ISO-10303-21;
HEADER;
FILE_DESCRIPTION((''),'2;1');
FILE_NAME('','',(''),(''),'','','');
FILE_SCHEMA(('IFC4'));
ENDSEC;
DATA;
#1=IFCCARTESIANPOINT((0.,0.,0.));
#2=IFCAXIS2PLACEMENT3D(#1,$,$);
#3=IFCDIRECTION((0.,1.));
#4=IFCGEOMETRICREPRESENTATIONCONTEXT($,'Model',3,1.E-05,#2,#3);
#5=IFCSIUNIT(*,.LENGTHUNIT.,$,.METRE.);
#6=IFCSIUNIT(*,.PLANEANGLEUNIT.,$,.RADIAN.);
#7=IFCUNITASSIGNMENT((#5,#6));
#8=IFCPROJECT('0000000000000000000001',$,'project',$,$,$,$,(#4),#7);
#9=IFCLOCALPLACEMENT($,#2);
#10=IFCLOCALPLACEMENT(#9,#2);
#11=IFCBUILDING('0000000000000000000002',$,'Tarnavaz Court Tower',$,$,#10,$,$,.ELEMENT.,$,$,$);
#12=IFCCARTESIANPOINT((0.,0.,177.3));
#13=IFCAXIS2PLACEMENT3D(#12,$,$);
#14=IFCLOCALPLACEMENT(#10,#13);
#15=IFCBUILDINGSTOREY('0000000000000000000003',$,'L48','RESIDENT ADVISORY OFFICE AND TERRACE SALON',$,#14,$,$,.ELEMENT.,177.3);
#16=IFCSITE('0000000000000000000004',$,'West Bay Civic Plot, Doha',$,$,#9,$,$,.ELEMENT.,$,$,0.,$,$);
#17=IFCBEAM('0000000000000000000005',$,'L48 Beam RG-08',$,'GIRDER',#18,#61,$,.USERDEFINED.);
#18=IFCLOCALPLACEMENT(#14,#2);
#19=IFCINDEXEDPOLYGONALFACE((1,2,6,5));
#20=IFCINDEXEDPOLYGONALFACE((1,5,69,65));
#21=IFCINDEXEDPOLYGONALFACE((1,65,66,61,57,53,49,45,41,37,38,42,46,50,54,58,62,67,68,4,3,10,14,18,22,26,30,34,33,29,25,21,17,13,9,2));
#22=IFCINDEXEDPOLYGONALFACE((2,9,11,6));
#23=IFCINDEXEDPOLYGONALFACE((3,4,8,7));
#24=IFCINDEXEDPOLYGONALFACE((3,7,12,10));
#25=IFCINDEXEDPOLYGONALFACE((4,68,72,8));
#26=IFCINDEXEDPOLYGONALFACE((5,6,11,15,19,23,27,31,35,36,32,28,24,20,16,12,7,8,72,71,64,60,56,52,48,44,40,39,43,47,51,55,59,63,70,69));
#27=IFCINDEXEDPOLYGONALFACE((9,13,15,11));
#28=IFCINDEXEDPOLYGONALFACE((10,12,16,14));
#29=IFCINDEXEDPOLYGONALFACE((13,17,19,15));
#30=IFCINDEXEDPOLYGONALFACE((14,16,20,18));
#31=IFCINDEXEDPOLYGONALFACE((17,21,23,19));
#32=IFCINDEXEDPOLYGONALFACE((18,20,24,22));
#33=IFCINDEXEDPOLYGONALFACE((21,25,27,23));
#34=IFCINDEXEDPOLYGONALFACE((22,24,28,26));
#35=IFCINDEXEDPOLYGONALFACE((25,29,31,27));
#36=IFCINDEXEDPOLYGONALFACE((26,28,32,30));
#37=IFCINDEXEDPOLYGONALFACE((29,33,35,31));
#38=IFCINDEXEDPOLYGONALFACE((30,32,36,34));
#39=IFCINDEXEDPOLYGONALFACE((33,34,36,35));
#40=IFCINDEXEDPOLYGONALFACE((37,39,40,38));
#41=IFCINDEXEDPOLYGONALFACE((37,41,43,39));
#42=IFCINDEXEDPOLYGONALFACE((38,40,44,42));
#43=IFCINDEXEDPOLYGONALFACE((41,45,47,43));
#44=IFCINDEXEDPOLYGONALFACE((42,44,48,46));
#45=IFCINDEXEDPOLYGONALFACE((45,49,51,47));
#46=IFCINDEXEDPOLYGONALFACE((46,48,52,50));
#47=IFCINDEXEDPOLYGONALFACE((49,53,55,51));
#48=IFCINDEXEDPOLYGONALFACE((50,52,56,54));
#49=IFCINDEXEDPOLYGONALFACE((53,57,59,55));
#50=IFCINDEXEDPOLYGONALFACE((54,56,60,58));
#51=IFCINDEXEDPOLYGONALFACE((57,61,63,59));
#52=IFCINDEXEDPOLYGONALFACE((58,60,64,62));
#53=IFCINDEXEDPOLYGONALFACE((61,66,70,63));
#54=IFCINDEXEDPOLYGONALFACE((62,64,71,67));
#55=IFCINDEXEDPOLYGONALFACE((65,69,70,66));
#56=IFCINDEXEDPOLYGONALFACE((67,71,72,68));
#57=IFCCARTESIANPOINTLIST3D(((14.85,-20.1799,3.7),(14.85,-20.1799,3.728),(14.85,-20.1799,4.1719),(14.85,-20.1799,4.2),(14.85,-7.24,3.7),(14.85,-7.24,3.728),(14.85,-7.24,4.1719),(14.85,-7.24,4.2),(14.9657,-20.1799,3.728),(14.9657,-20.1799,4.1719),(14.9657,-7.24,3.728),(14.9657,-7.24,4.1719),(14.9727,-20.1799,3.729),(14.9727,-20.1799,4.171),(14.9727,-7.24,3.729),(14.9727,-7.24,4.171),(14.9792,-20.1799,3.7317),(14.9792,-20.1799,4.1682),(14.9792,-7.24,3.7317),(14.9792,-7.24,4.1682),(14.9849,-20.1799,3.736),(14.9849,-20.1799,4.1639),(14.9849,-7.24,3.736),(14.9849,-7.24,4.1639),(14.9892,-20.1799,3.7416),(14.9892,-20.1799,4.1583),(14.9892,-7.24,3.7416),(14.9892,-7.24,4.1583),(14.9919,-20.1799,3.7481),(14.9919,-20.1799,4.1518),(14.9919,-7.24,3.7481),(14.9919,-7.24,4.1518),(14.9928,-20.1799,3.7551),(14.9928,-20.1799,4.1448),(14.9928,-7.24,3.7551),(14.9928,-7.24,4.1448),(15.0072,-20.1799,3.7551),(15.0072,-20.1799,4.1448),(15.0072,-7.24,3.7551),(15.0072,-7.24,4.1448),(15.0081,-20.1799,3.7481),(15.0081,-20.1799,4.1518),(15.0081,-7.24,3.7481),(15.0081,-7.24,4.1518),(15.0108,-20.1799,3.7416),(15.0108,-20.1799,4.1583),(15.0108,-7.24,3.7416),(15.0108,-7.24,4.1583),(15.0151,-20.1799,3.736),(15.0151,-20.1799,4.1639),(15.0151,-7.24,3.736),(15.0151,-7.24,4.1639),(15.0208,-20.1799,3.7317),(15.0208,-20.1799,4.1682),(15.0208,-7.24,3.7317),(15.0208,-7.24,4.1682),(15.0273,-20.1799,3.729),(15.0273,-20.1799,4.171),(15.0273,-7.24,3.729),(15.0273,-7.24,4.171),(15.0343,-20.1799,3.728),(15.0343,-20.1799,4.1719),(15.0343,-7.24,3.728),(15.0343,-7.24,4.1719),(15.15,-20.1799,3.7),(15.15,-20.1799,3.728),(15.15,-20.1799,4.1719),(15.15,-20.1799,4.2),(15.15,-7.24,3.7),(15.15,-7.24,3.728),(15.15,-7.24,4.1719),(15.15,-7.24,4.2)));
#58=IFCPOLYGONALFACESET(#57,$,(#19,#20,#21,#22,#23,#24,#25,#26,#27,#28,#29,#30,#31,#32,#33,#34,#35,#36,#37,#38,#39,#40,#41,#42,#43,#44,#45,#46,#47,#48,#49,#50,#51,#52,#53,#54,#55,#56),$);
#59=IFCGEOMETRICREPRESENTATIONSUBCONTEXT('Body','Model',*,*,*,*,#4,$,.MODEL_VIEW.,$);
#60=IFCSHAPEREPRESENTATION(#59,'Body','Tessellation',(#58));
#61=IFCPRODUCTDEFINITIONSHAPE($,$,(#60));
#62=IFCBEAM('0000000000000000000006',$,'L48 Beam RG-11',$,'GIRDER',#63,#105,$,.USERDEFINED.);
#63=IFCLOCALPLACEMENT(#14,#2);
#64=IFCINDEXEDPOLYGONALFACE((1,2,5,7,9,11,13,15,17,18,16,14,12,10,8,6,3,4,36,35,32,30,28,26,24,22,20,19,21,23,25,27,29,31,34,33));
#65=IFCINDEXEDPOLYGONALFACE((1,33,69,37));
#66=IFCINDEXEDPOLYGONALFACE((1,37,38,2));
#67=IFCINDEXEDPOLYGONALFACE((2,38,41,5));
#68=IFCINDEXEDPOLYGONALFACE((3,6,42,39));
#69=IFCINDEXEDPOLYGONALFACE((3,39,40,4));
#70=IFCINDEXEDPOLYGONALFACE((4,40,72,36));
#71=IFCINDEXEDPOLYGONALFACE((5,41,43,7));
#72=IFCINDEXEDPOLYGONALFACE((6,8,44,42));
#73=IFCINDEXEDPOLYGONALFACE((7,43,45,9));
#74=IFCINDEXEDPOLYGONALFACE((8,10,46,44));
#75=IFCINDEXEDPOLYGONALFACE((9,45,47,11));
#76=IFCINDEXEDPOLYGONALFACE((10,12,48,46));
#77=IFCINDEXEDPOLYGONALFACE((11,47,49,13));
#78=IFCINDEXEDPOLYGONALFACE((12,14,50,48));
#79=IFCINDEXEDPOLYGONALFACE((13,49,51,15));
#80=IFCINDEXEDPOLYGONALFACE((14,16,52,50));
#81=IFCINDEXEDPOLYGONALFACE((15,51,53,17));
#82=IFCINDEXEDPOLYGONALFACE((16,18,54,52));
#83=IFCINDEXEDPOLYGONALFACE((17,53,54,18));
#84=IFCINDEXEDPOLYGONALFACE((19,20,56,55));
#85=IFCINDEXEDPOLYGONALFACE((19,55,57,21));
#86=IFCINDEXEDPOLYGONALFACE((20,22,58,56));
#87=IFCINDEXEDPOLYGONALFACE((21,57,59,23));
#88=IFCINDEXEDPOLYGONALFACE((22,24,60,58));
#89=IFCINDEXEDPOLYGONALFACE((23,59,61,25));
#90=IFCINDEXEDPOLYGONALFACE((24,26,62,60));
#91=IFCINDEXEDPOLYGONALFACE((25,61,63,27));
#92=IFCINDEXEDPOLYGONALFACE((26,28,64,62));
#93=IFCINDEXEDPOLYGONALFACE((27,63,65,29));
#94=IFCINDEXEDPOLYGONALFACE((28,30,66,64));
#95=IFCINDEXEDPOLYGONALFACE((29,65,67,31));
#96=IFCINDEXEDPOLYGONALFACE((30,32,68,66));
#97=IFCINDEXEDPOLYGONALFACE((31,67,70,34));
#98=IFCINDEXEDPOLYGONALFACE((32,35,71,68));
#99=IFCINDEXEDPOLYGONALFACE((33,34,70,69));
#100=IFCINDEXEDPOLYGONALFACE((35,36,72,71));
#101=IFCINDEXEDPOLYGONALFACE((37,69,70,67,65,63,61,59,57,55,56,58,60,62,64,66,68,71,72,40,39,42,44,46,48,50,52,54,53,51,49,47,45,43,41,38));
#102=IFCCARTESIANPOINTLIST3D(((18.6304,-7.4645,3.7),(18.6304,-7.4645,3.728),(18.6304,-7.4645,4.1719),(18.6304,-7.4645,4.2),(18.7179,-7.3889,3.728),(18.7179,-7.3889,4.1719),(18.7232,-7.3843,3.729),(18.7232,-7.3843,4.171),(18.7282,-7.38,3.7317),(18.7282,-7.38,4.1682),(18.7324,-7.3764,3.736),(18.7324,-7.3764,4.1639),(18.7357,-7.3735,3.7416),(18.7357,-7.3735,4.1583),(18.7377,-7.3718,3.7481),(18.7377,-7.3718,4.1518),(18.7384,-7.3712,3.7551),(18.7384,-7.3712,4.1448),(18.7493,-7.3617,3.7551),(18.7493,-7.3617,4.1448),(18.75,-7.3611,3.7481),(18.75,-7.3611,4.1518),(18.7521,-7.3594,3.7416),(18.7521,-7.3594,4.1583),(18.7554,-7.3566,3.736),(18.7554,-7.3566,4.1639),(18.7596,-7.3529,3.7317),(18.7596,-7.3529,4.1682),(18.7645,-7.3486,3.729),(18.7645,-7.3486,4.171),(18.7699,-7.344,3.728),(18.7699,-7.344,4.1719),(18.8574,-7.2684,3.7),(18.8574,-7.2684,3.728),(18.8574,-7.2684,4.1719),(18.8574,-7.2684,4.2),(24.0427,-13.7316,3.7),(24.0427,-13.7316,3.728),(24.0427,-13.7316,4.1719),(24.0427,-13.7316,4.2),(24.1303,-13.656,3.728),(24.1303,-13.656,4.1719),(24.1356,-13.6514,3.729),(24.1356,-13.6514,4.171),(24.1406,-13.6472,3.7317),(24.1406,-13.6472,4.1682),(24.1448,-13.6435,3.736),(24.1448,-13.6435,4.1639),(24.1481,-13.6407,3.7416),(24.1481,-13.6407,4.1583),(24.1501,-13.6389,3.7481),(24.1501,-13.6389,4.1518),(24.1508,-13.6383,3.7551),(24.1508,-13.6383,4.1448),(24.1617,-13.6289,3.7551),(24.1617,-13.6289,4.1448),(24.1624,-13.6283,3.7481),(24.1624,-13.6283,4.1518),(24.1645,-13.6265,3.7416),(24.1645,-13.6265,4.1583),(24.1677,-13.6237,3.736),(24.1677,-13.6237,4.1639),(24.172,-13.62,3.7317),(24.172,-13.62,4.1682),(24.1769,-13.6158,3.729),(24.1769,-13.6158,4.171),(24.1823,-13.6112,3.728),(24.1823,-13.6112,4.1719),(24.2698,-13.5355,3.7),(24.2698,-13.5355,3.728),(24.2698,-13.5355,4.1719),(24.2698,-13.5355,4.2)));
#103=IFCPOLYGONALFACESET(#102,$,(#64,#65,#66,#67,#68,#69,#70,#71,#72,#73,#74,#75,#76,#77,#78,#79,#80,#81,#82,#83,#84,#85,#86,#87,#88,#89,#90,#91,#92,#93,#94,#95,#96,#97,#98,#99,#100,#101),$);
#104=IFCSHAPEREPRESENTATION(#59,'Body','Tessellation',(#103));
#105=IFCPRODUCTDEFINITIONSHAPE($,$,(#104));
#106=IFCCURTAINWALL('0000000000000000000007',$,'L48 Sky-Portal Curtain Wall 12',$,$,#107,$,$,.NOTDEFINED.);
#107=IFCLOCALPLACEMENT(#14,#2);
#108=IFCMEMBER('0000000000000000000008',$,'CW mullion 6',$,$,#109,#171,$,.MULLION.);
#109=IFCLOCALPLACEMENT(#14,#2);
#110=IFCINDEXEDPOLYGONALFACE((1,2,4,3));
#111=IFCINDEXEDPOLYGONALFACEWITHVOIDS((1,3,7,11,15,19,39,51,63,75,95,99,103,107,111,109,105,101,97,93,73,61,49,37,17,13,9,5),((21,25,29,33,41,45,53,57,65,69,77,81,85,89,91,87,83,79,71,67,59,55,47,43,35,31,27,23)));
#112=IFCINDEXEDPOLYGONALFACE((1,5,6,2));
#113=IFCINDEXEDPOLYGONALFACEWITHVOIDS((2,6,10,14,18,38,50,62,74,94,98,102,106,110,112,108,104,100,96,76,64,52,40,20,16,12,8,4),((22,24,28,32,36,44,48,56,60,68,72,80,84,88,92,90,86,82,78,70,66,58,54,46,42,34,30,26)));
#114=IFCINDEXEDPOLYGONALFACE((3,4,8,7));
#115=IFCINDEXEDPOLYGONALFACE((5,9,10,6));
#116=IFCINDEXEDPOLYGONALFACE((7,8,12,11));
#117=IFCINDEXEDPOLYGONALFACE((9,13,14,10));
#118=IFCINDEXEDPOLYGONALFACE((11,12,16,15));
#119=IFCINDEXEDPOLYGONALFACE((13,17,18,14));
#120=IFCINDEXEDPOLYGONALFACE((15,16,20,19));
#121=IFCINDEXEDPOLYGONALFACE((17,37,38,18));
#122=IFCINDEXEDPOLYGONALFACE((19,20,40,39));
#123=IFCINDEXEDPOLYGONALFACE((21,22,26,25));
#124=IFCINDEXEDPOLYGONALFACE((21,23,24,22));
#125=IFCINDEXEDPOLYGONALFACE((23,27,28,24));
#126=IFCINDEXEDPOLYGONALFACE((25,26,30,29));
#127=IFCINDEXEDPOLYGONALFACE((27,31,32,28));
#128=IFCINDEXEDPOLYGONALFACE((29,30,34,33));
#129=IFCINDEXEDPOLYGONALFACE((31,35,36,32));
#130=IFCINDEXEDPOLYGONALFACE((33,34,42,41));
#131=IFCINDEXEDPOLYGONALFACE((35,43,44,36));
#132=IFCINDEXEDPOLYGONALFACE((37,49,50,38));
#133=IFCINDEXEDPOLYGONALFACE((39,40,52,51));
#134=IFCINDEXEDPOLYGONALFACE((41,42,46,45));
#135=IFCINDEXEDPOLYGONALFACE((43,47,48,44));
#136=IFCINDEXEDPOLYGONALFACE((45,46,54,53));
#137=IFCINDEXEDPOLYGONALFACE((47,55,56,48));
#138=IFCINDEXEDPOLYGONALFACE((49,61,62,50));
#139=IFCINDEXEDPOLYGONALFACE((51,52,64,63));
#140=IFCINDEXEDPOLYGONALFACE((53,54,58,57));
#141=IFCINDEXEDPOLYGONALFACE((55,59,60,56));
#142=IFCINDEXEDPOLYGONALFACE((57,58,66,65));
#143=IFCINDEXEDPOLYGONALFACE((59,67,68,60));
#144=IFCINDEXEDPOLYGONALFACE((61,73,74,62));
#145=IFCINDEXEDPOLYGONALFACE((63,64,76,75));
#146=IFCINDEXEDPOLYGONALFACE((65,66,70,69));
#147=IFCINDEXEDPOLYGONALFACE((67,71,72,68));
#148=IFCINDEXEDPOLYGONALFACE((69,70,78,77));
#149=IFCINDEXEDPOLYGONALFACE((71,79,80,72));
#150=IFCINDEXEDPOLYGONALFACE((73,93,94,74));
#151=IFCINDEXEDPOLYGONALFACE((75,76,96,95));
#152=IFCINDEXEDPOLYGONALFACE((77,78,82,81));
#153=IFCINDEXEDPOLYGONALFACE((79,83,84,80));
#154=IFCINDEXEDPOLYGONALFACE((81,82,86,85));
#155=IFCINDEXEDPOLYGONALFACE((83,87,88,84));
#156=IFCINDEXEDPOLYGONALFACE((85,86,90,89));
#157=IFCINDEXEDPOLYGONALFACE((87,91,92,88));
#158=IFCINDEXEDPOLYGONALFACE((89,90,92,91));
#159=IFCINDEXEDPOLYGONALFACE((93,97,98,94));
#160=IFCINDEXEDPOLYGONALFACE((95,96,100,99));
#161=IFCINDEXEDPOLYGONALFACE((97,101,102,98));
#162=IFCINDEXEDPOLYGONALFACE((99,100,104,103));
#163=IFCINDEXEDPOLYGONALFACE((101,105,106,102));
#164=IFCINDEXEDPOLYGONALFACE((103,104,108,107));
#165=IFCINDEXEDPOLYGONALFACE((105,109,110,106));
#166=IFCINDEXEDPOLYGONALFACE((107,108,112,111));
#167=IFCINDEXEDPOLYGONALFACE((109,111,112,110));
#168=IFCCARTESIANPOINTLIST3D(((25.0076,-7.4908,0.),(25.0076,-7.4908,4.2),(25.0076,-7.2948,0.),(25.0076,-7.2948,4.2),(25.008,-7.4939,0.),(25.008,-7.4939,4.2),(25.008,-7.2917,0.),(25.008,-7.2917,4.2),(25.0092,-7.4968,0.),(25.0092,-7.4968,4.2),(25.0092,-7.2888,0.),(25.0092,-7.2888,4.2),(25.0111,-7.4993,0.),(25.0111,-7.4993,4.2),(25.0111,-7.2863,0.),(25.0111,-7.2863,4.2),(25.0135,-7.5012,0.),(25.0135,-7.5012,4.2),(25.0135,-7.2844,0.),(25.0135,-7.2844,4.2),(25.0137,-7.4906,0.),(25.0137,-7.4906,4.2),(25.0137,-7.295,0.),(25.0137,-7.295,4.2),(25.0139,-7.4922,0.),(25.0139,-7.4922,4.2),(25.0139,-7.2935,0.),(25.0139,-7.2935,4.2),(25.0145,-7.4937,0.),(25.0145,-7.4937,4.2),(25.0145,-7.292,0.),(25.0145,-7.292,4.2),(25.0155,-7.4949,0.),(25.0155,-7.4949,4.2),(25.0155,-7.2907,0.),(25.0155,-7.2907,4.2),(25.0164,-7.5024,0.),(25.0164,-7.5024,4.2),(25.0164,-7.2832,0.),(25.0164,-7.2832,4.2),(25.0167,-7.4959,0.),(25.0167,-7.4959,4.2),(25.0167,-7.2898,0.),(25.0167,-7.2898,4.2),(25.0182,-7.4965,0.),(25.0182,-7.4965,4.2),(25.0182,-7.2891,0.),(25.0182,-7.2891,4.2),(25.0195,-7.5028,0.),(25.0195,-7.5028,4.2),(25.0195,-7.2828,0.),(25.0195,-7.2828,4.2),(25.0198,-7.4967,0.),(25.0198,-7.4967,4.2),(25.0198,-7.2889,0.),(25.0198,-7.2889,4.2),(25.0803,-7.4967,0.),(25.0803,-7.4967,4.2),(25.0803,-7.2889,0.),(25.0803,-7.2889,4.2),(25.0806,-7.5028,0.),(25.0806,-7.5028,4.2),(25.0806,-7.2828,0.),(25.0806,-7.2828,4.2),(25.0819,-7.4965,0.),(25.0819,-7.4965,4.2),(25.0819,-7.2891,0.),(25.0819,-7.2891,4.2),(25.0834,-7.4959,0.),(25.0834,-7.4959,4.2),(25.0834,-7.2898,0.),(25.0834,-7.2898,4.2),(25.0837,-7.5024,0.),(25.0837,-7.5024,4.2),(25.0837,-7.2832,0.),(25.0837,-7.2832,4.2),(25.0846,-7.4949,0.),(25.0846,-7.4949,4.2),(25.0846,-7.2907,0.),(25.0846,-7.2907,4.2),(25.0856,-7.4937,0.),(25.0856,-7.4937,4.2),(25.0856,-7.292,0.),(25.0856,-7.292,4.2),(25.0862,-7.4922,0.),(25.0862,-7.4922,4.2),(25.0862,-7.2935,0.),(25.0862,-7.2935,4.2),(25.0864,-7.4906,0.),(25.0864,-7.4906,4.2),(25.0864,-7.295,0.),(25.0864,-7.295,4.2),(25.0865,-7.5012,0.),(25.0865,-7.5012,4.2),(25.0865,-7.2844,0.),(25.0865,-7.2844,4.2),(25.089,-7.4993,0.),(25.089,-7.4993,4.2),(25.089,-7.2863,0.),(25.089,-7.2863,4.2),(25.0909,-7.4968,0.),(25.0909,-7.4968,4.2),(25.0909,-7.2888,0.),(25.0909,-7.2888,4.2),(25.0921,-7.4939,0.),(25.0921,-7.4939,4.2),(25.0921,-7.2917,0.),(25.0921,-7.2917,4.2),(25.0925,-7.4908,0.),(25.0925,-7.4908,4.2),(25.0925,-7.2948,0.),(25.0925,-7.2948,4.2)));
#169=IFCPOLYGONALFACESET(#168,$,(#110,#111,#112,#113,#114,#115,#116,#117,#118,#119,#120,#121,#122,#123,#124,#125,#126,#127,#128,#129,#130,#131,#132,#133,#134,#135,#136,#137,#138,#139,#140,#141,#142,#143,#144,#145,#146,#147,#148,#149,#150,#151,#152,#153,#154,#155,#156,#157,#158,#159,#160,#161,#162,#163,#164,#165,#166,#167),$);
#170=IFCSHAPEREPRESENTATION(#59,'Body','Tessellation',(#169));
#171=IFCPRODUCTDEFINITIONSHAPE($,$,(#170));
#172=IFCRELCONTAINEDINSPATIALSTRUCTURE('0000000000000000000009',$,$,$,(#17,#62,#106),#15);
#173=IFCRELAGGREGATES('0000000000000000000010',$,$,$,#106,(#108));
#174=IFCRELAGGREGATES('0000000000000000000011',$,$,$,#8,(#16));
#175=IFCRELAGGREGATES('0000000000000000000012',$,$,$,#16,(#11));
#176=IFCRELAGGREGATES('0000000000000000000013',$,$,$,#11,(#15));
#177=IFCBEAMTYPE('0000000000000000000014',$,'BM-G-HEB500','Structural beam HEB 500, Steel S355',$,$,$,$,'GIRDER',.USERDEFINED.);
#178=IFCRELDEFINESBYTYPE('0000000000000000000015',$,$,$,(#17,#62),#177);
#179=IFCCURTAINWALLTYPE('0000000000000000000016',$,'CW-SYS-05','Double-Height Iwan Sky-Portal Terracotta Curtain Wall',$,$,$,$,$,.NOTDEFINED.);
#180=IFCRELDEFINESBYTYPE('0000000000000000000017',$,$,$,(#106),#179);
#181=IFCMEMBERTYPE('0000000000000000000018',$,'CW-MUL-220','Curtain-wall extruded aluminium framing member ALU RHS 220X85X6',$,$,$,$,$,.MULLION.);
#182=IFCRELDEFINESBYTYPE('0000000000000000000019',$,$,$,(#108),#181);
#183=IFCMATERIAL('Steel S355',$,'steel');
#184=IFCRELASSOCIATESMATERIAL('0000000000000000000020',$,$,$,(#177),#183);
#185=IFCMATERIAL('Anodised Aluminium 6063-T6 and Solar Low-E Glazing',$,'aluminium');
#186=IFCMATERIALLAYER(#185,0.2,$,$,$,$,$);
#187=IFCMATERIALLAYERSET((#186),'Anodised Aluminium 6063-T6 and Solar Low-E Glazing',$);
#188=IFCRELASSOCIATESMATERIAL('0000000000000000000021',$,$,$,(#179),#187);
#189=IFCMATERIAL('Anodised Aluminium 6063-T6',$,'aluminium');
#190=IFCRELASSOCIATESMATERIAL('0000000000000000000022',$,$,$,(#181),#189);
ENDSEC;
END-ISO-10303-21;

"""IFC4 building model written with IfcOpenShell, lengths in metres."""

from ifc_helpers import new_model, si_unit, direction, frame, origin, origin_2d, place, context, subcontext, project, spatial, hollow_rectangle, i_section, extrude, material, layer, layer_set, material_profile, profile_set, type_object, element, aggregate, save


model = new_model("IFC4")

# Units and contexts
model_context = context("Model", 3, precision=1e-05, world=origin(), true_north=direction((0.0, 1.0)))
body_context = subcontext(model_context, "Body", "Model", "MODEL_VIEW")
ifc_project = project(units=[si_unit("LENGTHUNIT", "METRE"), si_unit("PLANEANGLEUNIT", "RADIAN")], contexts=[model_context])

# Site, building, storey
site_placement = place(None, origin())
site = spatial("IfcSite", under=ifc_project, at=site_placement, Name="West Bay Civic Plot, Doha", CompositionType="ELEMENT", RefElevation=0.0)
building_placement = place(site_placement, origin())
building = spatial("IfcBuilding", under=site, at=building_placement, Name="Tarnavaz Court Tower", CompositionType="ELEMENT")
storey_placement = place(building_placement, frame((0.0, 0.0, 177.3)))
storey = spatial("IfcBuildingStorey", under=building, at=storey_placement, Name="L48", Description="RESIDENT ADVISORY OFFICE AND TERRACE SALON", CompositionType="ELEMENT", Elevation=177.3)

# Beams
ifc_material_1 = material(Name="Steel S355", Category="steel")
ifc_material_profile_1 = material_profile(ifc_material_1, i_section(OverallWidth=0.3, OverallDepth=0.5, WebThickness=0.0144, FlangeThickness=0.0281, FilletRadius=0.0271, at=origin_2d()), Name="HEB 500")
ifc_profile_set_1 = profile_set([ifc_material_profile_1], Name="Steel S355")
beam_type = type_object("IfcBeamType", Name="BM-G-HEB500", Description="Structural beam HEB 500, Steel S355", ElementType="GIRDER", PredefinedType="USERDEFINED", material=ifc_profile_set_1)
beam_1_placement = place(storey_placement, frame((15.0, -7.24, 3.95), z_axis=(0.0, -1.0, 0.0), x_axis=(1.0, 0.0, 0.0)))
element("IfcBeam", 1, at=beam_1_placement, inside=storey, type_object=beam_type, Name="L48 Beam RG-08", ObjectType="GIRDER", PredefinedType="USERDEFINED", context=body_context, shape_type="SweptSolid", body=[
    extrude(i_section(OverallWidth=0.3, OverallDepth=0.5, WebThickness=0.0144, FlangeThickness=0.0281, FilletRadius=0.0271, at=origin_2d()), origin(), (0.0, 0.0, 1.0), 12.9399),
])
beam_2_placement = place(storey_placement, frame((18.7439, -7.3665, 3.95), z_axis=(0.653611, -0.756831, 0.0), x_axis=(0.756831, 0.653611, 0.0)))
element("IfcBeam", 2, at=beam_2_placement, inside=storey, type_object=beam_type, Name="L48 Beam RG-11", ObjectType="GIRDER", PredefinedType="USERDEFINED", context=body_context, shape_type="SweptSolid", body=[
    extrude(i_section(OverallWidth=0.3, OverallDepth=0.5, WebThickness=0.0144, FlangeThickness=0.0281, FilletRadius=0.0271, at=origin_2d()), origin(), (0.0, 0.0, 1.0), 8.2808),
])

# Curtain wall, member
ifc_material_2 = material(Name="Anodised Aluminium 6063-T6 and Solar Low-E Glazing", Category="aluminium")
ifc_layer_1 = layer(ifc_material_2, 0.2)
ifc_layer_set_1 = layer_set([ifc_layer_1], Name="Anodised Aluminium 6063-T6 and Solar Low-E Glazing")
curtain_wall_type = type_object("IfcCurtainWallType", Name="CW-SYS-05", Description="Double-Height Iwan Sky-Portal Terracotta Curtain Wall", PredefinedType="NOTDEFINED", material=ifc_layer_set_1)
curtain_wall_placement = place(storey_placement, origin())
curtain_wall = element("IfcCurtainWall", 3, at=curtain_wall_placement, inside=storey, type_object=curtain_wall_type, Name="L48 Sky-Portal Curtain Wall 12", PredefinedType="NOTDEFINED")
ifc_material_3 = material(Name="Anodised Aluminium 6063-T6", Category="aluminium")
ifc_material_profile_2 = material_profile(ifc_material_3, hollow_rectangle(XDim=0.085, YDim=0.22, WallThickness=0.0061, InnerFilletRadius=0.0061, OuterFilletRadius=0.012, at=origin_2d()), Name="ALU RHS 220X85X6")
ifc_profile_set_2 = profile_set([ifc_material_profile_2], Name="Anodised Aluminium 6063-T6")
member_type_1 = type_object("IfcMemberType", Name="CW-MUL-220", Description="Curtain-wall extruded aluminium framing member ALU RHS 220X85X6", PredefinedType="MULLION", material=ifc_profile_set_2)
member_1_placement = place(storey_placement, frame((25.05, -7.3928, 0.0), z_axis=(0.0, 0.0, 1.0), x_axis=(1.0, 0.0, 0.0)))
member_1 = element("IfcMember", 4, at=member_1_placement, type_object=member_type_1, Name="CW mullion 6", PredefinedType="MULLION", context=body_context, shape_type="SweptSolid", body=[
    extrude(hollow_rectangle(XDim=0.085, YDim=0.22, WallThickness=0.0061, InnerFilletRadius=0.0061, OuterFilletRadius=0.012, at=origin_2d()), origin(), (0.0, 0.0, 1.0), 4.2),
])
aggregate(curtain_wall, [member_1])

save(model, "model.ifc")
